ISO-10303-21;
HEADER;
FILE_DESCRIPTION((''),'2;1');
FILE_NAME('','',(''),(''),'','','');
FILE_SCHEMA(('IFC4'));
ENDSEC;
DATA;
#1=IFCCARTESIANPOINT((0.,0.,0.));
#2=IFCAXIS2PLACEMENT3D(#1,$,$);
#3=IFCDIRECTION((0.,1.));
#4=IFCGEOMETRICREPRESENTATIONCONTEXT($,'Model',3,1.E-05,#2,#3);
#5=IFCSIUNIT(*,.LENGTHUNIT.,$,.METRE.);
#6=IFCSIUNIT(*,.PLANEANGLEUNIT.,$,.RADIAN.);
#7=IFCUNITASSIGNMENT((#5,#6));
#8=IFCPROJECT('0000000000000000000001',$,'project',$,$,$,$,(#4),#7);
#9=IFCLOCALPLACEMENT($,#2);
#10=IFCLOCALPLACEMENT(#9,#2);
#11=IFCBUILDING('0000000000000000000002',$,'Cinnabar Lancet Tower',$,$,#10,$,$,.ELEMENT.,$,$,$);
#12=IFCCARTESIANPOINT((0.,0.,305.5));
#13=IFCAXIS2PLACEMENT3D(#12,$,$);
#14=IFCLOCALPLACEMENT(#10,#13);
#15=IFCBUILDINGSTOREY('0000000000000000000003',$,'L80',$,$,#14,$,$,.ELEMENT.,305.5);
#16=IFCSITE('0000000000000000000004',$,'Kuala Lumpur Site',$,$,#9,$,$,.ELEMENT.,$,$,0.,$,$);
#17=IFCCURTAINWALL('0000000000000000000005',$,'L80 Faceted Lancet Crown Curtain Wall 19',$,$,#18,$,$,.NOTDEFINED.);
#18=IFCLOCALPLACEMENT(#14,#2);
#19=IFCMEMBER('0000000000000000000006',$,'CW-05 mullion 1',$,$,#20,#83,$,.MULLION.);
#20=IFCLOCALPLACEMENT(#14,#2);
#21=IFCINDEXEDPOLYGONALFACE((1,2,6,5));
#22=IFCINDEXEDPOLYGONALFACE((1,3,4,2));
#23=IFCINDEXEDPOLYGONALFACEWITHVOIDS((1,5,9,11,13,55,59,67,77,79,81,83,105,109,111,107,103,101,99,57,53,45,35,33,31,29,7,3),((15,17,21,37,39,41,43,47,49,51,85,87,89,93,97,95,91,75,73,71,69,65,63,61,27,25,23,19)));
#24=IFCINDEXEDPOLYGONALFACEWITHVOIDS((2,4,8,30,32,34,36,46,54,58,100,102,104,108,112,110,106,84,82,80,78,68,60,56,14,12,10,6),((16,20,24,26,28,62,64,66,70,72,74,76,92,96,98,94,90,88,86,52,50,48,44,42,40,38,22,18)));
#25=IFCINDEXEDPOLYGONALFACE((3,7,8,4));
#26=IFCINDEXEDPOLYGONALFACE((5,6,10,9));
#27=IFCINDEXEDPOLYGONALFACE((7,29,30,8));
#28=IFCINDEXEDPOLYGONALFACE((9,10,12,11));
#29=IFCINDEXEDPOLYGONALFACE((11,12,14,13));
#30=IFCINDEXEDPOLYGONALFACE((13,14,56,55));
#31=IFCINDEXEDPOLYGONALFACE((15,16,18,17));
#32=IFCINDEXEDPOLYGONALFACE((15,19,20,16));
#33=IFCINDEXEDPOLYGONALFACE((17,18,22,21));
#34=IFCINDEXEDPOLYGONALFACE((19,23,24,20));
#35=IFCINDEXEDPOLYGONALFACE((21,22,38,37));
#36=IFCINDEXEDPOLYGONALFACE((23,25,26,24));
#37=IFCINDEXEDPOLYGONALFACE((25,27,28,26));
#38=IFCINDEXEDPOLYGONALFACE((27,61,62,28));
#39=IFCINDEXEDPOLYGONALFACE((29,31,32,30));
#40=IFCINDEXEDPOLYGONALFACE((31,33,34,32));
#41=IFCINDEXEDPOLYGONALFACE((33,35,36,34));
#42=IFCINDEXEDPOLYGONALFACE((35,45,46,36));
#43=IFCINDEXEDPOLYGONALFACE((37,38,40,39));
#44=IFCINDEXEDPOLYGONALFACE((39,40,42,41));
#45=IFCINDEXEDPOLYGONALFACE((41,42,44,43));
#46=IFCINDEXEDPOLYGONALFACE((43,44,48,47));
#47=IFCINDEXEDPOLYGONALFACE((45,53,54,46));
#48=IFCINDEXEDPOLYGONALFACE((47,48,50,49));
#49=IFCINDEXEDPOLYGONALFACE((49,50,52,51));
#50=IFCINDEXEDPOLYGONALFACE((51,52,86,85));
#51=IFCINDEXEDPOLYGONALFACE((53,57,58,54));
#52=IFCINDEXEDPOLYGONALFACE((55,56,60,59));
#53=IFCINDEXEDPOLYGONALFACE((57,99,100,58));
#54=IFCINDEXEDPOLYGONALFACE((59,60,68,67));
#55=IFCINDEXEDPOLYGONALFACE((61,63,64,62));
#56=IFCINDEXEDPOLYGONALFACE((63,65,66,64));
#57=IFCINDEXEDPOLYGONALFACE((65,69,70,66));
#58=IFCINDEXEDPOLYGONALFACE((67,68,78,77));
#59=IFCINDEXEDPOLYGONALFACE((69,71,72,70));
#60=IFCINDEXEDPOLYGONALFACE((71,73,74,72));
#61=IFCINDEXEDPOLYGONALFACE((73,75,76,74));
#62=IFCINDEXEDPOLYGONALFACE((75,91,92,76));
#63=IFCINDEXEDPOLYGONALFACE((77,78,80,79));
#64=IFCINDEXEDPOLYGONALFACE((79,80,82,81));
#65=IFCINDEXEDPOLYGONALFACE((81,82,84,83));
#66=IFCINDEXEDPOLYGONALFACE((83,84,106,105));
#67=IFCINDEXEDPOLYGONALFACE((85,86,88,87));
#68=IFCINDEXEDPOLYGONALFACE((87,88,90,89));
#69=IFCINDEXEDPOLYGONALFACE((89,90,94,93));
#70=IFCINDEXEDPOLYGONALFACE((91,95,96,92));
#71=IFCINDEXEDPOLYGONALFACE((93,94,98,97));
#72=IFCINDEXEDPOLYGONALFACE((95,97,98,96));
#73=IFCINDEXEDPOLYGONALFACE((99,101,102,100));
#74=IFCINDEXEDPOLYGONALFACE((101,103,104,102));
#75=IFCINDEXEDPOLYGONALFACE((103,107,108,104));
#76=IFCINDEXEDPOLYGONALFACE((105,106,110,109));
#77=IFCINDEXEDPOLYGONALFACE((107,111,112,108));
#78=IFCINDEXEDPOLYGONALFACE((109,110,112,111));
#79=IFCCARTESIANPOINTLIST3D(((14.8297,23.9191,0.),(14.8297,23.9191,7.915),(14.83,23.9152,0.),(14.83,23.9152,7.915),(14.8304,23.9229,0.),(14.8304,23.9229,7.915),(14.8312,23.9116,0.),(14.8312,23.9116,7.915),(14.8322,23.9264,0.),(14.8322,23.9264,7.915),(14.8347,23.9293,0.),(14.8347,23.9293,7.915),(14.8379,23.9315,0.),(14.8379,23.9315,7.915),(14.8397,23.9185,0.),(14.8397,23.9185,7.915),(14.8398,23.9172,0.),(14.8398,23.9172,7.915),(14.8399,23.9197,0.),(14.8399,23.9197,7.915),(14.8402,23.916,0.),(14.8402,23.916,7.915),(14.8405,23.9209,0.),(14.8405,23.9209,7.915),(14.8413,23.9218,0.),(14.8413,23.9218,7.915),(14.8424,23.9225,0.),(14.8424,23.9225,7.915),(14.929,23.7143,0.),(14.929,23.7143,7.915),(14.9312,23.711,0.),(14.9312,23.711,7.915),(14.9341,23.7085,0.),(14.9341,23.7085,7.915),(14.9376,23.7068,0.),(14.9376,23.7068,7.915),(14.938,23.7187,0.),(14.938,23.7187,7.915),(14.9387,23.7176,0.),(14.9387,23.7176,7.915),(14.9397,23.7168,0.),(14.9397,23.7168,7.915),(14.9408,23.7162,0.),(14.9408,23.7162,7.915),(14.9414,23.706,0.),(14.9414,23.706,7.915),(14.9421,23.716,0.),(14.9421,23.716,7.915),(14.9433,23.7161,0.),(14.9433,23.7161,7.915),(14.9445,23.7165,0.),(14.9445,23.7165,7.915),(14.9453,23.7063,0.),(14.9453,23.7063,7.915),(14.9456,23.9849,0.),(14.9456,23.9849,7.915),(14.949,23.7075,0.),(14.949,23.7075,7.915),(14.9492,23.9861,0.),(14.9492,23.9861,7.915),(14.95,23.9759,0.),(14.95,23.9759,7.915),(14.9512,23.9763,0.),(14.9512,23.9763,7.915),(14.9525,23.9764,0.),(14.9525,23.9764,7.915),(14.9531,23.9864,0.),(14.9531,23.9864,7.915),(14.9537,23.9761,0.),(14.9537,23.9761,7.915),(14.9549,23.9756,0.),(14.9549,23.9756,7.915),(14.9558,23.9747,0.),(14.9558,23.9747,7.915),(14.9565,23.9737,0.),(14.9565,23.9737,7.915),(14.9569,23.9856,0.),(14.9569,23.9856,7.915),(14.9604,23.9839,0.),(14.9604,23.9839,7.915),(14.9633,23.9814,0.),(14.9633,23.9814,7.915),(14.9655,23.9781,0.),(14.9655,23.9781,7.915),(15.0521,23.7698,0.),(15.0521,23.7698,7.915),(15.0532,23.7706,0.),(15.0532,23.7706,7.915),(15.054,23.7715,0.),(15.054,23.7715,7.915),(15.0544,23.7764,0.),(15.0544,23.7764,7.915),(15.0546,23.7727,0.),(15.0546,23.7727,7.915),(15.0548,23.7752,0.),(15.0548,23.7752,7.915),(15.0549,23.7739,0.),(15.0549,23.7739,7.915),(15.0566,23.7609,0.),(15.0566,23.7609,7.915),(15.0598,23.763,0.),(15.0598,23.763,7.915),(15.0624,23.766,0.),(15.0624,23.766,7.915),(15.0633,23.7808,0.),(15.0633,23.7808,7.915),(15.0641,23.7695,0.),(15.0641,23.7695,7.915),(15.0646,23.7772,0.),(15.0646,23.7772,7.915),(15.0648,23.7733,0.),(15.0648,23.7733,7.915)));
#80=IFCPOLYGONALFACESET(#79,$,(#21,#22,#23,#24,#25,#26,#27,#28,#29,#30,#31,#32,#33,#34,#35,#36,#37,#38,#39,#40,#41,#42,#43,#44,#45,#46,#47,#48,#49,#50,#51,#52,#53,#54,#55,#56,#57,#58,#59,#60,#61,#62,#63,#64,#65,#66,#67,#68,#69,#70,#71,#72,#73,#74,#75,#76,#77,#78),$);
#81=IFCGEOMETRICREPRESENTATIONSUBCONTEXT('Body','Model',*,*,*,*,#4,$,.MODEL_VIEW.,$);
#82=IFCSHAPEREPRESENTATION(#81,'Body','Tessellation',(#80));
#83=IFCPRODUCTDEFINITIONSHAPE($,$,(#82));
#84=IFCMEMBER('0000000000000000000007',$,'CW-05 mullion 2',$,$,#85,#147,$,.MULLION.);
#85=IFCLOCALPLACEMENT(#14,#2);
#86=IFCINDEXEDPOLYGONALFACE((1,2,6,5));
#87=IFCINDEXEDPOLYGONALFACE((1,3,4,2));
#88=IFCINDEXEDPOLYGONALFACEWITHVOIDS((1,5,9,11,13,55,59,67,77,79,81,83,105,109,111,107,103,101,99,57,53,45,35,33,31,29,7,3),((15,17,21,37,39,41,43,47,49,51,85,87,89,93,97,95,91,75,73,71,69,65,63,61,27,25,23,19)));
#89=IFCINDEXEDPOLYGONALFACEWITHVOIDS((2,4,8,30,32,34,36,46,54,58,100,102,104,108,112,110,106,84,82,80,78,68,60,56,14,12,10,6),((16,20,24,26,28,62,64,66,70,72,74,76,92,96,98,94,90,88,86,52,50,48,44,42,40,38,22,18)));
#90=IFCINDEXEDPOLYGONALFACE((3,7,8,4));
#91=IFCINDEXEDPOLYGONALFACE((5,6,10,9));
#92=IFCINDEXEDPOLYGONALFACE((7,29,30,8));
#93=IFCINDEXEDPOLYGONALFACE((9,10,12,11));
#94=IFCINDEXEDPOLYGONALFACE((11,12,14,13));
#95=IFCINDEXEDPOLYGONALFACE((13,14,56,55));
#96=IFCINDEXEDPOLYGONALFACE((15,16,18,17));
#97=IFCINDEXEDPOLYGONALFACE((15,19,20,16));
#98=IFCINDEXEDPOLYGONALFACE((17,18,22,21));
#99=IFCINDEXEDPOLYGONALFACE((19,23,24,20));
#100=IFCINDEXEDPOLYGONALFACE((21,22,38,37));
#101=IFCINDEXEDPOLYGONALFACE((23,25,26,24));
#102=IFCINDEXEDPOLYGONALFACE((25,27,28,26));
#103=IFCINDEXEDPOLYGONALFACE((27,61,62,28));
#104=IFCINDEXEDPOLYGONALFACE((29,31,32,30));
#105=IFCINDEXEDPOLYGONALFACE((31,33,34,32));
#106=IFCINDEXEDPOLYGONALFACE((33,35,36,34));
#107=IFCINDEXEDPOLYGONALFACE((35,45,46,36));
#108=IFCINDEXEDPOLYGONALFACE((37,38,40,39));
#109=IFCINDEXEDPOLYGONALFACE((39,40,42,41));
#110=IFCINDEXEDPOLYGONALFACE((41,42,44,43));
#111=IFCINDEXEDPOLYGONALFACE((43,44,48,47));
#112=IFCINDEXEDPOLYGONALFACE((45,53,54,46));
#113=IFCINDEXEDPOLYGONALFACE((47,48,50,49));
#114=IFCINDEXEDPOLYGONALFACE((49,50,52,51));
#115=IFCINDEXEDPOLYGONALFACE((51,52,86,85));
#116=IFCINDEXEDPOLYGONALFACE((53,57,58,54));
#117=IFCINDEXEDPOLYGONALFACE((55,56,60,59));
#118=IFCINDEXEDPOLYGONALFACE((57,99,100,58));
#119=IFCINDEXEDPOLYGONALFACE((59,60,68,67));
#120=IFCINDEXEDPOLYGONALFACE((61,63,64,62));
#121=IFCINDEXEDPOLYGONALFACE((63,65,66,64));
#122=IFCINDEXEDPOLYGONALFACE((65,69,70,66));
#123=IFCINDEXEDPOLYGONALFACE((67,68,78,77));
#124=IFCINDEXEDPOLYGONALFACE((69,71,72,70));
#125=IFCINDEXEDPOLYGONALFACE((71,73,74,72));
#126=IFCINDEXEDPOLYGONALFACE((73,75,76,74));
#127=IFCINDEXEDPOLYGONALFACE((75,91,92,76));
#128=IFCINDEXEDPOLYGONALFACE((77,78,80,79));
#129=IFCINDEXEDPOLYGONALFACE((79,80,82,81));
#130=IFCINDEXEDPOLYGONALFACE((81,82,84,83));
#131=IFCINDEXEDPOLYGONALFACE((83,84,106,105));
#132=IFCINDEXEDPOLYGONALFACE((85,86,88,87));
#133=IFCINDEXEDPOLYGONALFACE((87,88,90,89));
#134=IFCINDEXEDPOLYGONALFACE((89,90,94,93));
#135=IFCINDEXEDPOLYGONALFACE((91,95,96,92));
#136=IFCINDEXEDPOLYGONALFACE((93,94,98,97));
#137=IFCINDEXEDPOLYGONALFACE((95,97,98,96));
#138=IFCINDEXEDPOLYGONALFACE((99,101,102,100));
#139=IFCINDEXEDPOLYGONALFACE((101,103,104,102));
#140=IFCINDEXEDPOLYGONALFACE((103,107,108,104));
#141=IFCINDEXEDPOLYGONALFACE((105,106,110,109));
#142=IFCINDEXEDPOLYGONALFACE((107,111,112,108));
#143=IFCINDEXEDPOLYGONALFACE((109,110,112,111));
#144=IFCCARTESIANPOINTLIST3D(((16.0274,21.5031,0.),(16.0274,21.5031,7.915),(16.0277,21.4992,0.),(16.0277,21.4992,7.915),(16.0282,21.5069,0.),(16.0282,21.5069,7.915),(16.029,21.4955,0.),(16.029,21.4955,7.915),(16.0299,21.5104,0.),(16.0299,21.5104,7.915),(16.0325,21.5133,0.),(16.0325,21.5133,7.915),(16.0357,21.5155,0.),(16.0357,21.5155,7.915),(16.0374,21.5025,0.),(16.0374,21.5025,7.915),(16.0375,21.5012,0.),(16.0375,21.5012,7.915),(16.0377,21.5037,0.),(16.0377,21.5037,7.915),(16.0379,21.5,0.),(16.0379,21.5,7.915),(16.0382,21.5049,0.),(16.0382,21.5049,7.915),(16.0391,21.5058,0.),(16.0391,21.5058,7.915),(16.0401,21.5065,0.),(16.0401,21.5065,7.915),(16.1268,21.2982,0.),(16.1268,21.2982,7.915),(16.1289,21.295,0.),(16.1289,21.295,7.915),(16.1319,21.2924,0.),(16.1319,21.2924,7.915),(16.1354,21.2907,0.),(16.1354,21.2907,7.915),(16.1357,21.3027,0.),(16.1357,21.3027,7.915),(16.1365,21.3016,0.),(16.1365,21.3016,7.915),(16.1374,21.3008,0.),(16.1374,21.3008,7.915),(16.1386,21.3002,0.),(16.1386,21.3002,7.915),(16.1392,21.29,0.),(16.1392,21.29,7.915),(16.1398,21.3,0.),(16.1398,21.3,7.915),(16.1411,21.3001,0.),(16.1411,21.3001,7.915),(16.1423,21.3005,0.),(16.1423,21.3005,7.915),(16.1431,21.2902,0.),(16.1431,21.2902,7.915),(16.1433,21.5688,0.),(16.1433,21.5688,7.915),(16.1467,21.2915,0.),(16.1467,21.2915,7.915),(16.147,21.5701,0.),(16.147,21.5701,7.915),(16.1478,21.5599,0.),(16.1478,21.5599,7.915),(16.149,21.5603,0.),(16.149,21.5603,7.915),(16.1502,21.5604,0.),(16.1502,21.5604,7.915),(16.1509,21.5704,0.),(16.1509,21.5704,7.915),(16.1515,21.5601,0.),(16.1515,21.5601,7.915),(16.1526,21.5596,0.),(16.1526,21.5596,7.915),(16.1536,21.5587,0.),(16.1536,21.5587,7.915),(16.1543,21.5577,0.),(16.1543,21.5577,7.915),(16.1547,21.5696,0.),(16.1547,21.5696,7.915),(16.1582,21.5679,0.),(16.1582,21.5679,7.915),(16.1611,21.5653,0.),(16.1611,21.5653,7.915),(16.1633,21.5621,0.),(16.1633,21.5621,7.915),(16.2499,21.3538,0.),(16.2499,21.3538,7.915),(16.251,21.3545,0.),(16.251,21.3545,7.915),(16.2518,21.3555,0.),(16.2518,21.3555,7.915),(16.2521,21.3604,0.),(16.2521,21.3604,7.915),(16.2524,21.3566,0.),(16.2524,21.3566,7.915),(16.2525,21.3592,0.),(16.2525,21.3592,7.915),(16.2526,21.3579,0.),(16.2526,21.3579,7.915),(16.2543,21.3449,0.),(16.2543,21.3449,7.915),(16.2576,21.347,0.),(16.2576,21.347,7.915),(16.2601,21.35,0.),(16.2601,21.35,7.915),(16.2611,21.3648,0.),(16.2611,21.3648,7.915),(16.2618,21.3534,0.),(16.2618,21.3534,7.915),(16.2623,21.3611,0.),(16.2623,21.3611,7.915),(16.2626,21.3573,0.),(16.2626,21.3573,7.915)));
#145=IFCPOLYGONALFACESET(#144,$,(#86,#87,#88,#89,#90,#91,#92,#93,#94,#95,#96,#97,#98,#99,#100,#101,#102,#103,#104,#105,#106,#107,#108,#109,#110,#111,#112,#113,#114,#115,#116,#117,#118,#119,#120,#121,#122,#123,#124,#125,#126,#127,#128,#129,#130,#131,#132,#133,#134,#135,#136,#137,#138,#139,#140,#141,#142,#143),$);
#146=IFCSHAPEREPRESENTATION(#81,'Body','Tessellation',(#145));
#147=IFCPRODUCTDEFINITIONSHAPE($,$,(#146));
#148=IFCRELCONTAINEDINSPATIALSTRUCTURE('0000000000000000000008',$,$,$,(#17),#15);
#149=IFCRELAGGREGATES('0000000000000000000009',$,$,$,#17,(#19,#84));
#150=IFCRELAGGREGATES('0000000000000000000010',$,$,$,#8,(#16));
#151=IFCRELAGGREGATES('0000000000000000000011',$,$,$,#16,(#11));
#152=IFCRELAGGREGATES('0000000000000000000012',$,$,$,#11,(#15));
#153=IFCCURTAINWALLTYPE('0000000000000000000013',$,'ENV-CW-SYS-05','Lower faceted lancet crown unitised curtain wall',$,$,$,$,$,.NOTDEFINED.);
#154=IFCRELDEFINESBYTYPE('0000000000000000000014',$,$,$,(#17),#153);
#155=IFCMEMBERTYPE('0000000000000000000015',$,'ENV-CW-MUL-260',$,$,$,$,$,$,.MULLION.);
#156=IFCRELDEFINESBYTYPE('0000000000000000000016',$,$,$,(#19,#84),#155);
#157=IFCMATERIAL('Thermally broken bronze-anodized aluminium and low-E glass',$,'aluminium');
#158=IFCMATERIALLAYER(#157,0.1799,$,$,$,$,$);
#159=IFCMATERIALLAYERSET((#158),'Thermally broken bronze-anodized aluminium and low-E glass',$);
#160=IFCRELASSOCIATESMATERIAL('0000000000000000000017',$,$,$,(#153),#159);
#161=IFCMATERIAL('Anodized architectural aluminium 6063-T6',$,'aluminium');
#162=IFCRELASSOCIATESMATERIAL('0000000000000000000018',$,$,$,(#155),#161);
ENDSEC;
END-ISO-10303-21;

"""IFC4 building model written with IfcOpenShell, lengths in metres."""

from ifc_helpers import new_model, si_unit, direction, frame, origin, origin_2d, place, context, subcontext, project, spatial, hollow_rectangle, extrude, material, layer, layer_set, material_profile, profile_set, type_object, element, aggregate, save


model = new_model("IFC4")

# Units and contexts
model_context = context("Model", 3, precision=1e-05, world=origin(), true_north=direction((0.0, 1.0)))
body_context = subcontext(model_context, "Body", "Model", "MODEL_VIEW")
ifc_project = project(units=[si_unit("LENGTHUNIT", "METRE"), si_unit("PLANEANGLEUNIT", "RADIAN")], contexts=[model_context])

# Site, building, storey
site_placement = place(None, origin())
site = spatial("IfcSite", under=ifc_project, at=site_placement, Name="Kuala Lumpur Site", CompositionType="ELEMENT", RefElevation=0.0)
building_placement = place(site_placement, origin())
building = spatial("IfcBuilding", under=site, at=building_placement, Name="Cinnabar Lancet Tower", CompositionType="ELEMENT")
storey_placement = place(building_placement, frame((0.0, 0.0, 305.5)))
storey = spatial("IfcBuildingStorey", under=building, at=storey_placement, Name="L80", CompositionType="ELEMENT", Elevation=305.5)

# Curtain wall, members
ifc_material_1 = material(Name="Thermally broken bronze-anodized aluminium and low-E glass", Category="aluminium")
ifc_layer_1 = layer(ifc_material_1, 0.1799)
ifc_layer_set_1 = layer_set([ifc_layer_1], Name="Thermally broken bronze-anodized aluminium and low-E glass")
curtain_wall_type = type_object("IfcCurtainWallType", Name="ENV-CW-SYS-05", Description="Lower faceted lancet crown unitised curtain wall", PredefinedType="NOTDEFINED", material=ifc_layer_set_1)
ifc_material_2 = material(Name="Anodized architectural aluminium 6063-T6", Category="aluminium")
ifc_material_profile_1 = material_profile(ifc_material_2, hollow_rectangle(XDim=0.1499, YDim=0.25, WallThickness=0.01, InnerFilletRadius=0.0049, OuterFilletRadius=0.0149, at=origin_2d()), Name="RHS 250x150x10")
ifc_profile_set_1 = profile_set([ifc_material_profile_1], Name="Anodized architectural aluminium 6063-T6")
member_type_1 = type_object("IfcMemberType", Name="ENV-CW-MUL-260", PredefinedType="MULLION", material=ifc_profile_set_1)
curtain_wall_1_placement = place(storey_placement, origin())
curtain_wall_1 = element("IfcCurtainWall", 1, at=curtain_wall_1_placement, inside=storey, type_object=curtain_wall_type, Name="L80 Faceted Lancet Crown Curtain Wall 19", PredefinedType="NOTDEFINED")
member_1_placement = place(storey_placement, frame((14.9473, 23.8462, 0.0), z_axis=(0.0, 0.0, 1.0), x_axis=(0.895948, 0.444159, 0.0)))
member_1 = element("IfcMember", 2, at=member_1_placement, type_object=member_type_1, Name="CW-05 mullion 1", PredefinedType="MULLION", context=body_context, shape_type="SweptSolid", body=[
    extrude(hollow_rectangle(XDim=0.1499, YDim=0.25, WallThickness=0.01, InnerFilletRadius=0.0049, OuterFilletRadius=0.0149, at=origin_2d()), origin(), (0.0, 0.0, 1.0), 7.915),
])
member_2_placement = place(storey_placement, frame((16.145, 21.4302, 0.0), z_axis=(0.0, 0.0, 1.0), x_axis=(0.895948, 0.444159, 0.0)))
member_2 = element("IfcMember", 3, at=member_2_placement, type_object=member_type_1, Name="CW-05 mullion 2", PredefinedType="MULLION", context=body_context, shape_type="SweptSolid", body=[
    extrude(hollow_rectangle(XDim=0.1499, YDim=0.25, WallThickness=0.01, InnerFilletRadius=0.0049, OuterFilletRadius=0.0149, at=origin_2d()), origin(), (0.0, 0.0, 1.0), 7.915),
])

aggregate(curtain_wall_1, [member_1, member_2])

save(model, "model.ifc")
